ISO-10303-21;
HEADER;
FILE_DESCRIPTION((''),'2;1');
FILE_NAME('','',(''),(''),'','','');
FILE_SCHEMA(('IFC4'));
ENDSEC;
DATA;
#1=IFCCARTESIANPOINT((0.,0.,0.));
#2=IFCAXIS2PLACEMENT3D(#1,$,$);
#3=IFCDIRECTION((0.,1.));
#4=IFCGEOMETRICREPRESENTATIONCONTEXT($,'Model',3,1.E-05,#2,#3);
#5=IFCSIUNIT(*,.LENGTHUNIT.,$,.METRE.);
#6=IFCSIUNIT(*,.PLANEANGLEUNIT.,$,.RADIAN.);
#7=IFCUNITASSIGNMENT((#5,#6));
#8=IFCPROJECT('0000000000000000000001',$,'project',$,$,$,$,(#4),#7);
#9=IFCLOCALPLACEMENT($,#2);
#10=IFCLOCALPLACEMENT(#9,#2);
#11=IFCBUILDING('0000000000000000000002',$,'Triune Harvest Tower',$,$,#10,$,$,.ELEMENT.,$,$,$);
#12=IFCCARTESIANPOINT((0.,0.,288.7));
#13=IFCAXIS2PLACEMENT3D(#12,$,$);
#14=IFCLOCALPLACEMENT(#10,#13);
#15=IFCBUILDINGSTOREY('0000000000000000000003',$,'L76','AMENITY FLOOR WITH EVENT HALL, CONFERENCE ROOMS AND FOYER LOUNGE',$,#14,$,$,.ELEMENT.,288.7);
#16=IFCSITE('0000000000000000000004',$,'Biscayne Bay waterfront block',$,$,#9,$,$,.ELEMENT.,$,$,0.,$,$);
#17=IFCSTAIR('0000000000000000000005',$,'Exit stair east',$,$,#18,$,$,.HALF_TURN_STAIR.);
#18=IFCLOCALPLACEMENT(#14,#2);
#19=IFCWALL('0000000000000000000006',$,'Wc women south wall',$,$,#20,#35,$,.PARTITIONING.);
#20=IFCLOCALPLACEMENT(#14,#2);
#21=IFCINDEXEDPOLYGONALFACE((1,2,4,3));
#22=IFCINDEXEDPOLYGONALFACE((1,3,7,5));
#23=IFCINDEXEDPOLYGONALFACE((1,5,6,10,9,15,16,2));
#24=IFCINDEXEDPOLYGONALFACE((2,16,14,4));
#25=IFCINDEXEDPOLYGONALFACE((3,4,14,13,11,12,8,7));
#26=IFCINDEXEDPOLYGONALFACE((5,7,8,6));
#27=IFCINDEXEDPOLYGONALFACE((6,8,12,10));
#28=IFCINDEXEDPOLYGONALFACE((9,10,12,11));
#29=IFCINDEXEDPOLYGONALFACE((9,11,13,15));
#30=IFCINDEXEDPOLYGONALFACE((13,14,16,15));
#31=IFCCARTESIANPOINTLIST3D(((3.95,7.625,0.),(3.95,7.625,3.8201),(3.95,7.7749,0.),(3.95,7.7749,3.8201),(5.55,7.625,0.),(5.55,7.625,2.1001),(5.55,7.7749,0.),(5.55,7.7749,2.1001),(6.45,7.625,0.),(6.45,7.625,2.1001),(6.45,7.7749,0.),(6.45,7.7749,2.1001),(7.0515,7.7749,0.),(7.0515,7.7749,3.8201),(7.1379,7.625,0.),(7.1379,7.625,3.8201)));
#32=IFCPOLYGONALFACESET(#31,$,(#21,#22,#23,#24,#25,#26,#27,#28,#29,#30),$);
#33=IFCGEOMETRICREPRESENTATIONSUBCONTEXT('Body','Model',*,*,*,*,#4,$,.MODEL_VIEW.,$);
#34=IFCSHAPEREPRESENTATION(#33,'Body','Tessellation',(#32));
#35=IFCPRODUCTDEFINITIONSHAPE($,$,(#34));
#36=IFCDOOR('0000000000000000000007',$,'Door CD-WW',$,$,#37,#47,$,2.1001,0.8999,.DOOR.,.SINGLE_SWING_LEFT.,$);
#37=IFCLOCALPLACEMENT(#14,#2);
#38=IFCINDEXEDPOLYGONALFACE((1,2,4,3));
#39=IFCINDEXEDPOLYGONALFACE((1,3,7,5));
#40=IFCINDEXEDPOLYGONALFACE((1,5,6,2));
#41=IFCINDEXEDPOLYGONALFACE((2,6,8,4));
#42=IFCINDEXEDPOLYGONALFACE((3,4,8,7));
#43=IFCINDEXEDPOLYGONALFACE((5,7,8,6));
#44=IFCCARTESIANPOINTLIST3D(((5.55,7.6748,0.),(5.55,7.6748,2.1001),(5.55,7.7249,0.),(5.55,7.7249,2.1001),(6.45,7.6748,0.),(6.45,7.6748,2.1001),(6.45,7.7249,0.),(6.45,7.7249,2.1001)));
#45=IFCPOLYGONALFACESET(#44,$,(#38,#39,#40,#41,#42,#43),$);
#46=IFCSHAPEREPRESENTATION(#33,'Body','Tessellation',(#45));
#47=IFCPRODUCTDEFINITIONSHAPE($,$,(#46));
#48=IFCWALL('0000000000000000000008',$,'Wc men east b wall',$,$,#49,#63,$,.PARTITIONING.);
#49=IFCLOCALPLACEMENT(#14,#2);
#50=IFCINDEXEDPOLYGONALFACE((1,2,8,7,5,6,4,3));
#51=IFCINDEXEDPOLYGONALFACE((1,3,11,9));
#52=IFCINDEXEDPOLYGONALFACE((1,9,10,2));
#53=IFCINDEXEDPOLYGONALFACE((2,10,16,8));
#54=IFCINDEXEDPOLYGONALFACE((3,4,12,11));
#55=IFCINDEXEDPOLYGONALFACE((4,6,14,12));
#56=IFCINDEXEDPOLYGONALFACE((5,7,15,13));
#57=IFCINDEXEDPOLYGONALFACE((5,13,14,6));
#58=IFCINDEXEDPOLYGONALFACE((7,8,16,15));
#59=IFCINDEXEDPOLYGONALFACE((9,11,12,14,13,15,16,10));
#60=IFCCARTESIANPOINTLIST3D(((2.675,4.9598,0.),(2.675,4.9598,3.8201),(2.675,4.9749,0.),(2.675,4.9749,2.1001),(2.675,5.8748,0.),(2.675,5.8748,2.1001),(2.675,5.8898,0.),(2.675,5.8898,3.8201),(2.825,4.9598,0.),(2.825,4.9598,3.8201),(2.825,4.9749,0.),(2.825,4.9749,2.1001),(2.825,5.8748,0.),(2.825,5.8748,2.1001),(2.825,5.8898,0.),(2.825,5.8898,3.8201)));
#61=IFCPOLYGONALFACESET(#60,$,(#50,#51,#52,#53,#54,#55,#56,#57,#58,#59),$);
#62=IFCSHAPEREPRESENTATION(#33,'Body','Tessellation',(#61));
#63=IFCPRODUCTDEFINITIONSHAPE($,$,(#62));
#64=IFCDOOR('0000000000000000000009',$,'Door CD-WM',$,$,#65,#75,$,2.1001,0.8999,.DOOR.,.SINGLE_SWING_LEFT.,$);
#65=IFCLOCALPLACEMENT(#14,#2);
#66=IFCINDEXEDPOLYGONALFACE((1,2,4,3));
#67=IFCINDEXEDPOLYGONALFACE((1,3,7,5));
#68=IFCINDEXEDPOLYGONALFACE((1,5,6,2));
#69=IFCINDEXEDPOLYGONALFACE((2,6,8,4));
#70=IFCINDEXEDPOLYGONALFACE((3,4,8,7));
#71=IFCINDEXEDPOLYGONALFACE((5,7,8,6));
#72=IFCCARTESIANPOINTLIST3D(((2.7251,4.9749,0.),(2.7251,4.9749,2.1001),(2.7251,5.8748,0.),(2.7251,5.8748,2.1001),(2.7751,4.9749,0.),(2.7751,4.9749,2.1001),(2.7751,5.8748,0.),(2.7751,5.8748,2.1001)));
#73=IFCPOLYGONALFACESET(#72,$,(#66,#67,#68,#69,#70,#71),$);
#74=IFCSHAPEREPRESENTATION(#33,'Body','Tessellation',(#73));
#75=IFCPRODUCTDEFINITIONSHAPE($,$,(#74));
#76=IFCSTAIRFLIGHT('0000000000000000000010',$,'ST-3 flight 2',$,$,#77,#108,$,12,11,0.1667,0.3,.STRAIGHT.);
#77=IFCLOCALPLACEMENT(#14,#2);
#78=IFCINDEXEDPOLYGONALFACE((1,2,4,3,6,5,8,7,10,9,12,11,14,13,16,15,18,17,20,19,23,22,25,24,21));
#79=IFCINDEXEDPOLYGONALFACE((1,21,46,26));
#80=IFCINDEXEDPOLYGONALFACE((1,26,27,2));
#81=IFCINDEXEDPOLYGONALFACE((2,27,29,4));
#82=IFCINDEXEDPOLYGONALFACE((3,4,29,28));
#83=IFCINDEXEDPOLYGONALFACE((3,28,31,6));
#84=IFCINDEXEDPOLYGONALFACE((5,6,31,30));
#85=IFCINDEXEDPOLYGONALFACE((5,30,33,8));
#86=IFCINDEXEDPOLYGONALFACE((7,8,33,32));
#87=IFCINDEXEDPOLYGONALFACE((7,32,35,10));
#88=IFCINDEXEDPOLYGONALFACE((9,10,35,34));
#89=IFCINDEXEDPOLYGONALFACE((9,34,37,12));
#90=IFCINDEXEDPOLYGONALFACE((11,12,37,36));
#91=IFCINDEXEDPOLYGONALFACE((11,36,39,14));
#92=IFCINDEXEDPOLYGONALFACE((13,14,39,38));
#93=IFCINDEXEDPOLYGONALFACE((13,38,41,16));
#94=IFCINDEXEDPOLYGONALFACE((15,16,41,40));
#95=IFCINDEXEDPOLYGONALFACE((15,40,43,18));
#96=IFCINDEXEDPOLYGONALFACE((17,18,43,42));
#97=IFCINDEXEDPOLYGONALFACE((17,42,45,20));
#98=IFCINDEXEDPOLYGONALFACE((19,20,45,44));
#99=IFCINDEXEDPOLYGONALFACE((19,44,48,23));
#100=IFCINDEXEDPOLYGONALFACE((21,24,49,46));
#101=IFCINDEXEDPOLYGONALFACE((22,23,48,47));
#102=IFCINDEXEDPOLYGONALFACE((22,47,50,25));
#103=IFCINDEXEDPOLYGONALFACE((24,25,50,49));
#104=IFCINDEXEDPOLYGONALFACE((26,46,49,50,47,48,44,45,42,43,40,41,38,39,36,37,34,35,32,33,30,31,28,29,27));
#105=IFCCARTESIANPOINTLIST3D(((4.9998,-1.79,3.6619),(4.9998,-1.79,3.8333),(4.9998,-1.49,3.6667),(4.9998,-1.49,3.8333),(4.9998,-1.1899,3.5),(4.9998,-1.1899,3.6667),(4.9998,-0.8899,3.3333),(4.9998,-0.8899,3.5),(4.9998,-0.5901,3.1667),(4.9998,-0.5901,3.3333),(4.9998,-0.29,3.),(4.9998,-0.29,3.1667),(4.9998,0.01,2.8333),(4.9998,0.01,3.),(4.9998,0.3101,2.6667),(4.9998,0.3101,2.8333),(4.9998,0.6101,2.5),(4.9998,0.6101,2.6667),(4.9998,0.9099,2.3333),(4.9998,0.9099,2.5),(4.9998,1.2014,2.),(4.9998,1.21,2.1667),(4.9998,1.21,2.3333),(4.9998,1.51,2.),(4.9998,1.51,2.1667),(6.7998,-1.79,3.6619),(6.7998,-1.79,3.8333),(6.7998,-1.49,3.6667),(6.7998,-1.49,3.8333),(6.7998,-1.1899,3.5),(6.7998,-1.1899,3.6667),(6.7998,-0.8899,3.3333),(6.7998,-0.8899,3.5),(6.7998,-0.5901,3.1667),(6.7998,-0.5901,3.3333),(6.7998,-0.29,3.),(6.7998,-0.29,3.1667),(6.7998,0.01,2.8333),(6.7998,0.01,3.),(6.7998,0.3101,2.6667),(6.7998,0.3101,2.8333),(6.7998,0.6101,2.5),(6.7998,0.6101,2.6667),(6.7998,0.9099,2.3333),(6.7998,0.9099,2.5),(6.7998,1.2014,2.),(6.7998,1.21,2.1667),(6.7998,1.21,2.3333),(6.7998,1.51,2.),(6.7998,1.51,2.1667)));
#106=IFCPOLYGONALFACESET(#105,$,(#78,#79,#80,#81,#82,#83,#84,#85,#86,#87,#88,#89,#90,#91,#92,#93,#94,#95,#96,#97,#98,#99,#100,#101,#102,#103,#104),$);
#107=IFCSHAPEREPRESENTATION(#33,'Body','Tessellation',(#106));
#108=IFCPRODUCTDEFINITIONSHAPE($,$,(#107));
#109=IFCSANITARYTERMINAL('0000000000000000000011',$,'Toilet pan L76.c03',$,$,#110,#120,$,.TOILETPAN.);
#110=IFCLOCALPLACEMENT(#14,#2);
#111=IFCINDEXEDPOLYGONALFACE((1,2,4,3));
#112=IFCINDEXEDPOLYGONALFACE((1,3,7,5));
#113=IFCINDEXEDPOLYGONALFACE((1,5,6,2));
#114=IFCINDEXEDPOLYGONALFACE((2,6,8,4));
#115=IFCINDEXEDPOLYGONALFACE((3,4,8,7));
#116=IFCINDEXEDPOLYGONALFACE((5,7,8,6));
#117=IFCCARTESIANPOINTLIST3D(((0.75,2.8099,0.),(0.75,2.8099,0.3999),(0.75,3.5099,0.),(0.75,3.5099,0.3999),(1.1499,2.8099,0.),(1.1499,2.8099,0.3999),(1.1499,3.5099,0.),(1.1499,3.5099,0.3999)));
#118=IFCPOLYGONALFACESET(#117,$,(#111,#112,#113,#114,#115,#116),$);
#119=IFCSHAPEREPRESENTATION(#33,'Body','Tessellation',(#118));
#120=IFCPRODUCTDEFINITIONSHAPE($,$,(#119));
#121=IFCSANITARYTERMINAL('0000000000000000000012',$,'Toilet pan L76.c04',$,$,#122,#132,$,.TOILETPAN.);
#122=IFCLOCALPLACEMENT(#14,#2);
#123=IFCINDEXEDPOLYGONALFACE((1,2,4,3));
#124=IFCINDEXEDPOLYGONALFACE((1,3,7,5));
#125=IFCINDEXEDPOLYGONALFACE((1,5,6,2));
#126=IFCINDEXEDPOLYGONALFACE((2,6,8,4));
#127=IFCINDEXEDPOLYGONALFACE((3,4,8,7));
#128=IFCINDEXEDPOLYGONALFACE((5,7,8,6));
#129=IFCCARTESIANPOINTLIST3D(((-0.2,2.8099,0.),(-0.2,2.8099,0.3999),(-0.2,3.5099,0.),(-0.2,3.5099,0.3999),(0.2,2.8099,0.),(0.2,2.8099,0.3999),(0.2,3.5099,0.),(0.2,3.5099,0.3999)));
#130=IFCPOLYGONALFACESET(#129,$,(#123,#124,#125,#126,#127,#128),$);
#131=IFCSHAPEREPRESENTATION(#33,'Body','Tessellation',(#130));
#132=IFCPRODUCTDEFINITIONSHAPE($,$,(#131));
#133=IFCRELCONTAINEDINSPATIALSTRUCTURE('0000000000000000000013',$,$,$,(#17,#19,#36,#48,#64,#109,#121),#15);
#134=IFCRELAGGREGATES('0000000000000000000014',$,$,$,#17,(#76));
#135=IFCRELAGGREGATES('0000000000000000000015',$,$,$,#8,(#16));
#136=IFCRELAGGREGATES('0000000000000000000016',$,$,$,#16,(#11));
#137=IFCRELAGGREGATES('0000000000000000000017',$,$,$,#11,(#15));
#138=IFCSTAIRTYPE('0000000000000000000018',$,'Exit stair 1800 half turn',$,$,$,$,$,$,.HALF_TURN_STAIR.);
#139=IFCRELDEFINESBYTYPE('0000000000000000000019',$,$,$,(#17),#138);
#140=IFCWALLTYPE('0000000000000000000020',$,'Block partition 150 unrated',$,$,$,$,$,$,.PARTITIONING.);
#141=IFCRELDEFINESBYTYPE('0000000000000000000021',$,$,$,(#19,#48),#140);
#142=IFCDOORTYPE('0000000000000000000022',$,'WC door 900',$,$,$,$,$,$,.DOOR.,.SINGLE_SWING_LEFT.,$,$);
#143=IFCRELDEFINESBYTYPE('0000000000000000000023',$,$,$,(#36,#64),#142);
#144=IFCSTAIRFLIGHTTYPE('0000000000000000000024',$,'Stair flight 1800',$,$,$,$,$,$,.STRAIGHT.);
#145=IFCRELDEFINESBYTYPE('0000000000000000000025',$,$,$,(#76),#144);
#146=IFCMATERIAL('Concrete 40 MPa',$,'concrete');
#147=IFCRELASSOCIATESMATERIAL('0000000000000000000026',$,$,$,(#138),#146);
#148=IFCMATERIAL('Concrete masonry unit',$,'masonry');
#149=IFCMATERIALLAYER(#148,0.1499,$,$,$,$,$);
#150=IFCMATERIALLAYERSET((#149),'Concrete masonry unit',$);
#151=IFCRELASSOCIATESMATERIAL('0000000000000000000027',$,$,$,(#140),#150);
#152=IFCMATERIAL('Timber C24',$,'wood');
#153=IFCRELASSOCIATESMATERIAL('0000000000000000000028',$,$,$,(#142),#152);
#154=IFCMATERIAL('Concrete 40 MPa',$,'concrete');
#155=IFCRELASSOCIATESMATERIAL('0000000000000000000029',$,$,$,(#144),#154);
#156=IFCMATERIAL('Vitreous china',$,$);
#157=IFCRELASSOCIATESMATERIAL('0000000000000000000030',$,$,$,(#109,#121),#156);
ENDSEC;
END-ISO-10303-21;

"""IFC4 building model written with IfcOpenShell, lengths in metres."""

from ifc_helpers import new_model, si_unit, direction, frame, frame_2d, origin, origin_2d, place, context, subcontext, project, spatial, polyline, rectangle, outline, extrude, source, transform, mapped, material, layer, layer_set, type_object, element, fill, aggregate, save


model = new_model("IFC4")

# Units and contexts
model_context = context("Model", 3, precision=1e-05, world=origin(), true_north=direction((0.0, 1.0)))
body_context = subcontext(model_context, "Body", "Model", "MODEL_VIEW")
ifc_project = project(units=[si_unit("LENGTHUNIT", "METRE"), si_unit("PLANEANGLEUNIT", "RADIAN")], contexts=[model_context])

# Site, building, storey
site_placement = place(None, origin())
site = spatial("IfcSite", under=ifc_project, at=site_placement, Name="Biscayne Bay waterfront block", CompositionType="ELEMENT", RefElevation=0.0)
building_placement = place(site_placement, origin())
building = spatial("IfcBuilding", under=site, at=building_placement, Name="Triune Harvest Tower", CompositionType="ELEMENT")
storey_placement = place(building_placement, frame((0.0, 0.0, 288.7)))
storey = spatial("IfcBuildingStorey", under=building, at=storey_placement, Name="L76", Description="AMENITY FLOOR WITH EVENT HALL, CONFERENCE ROOMS AND FOYER LOUNGE", CompositionType="ELEMENT", Elevation=288.7)

# Stair
ifc_material_1 = material(Name="Concrete 40 MPa", Category="concrete")
stair_type = type_object("IfcStairType", Name="Exit stair 1800 half turn", PredefinedType="HALF_TURN_STAIR", material=ifc_material_1)
stair_1_placement = place(storey_placement, origin())
stair_1 = element("IfcStair", 1, at=stair_1_placement, inside=storey, type_object=stair_type, Name="Exit stair east", PredefinedType="HALF_TURN_STAIR")

# Walls, openings, doors
ifc_material_2 = material(Name="Concrete masonry unit", Category="masonry")
ifc_layer_1 = layer(ifc_material_2, 0.1499)
ifc_layer_set_1 = layer_set([ifc_layer_1], Name="Concrete masonry unit")
wall_type_1 = type_object("IfcWallType", Name="Block partition 150 unrated", PredefinedType="PARTITIONING", material=ifc_layer_set_1)
shared_shape_1 = source(origin(), body_context, "Body", "SweptSolid", [
    extrude(outline(polyline([(0.0, -0.075), (0.0, 0.075), (3.1016, 0.075), (3.188, -0.075), (0.0, -0.075)])), origin(), (0.0, 0.0, 1.0), 3.8201),
])
wall_1_placement = place(storey_placement, frame((3.95, 7.7, 0.0), z_axis=(0.0, 0.0, 1.0), x_axis=(1.0, 0.0, 0.0)))
wall_1 = element("IfcWall", 2, at=wall_1_placement, inside=storey, type_object=wall_type_1, Name="Wc women south wall", PredefinedType="PARTITIONING", context=body_context, shape_type="MappedRepresentation", body=[
    mapped(shared_shape_1, transform((0.0, 0.0, 0.0), scale=1.0)),
])
opening_1_placement = place(wall_1_placement, frame((1.6001, 0.0, 0.0)))
opening_1 = element("IfcOpeningElement", 3, at=opening_1_placement, cuts=wall_1, PredefinedType="OPENING", context=body_context, shape_type="SweptSolid", body=[
    extrude(rectangle(XDim=0.8999, YDim=2.1001, at=frame_2d((0.45, 1.05))), frame((0.0, 0.085, 0.0), z_axis=(0.0, -1.0, 0.0), x_axis=(1.0, 0.0, 0.0)), (0.0, 0.0, 1.0), 0.1699),
])
ifc_material_3 = material(Name="Timber C24", Category="wood")
door_type_1 = type_object("IfcDoorType", Name="WC door 900", OperationType="SINGLE_SWING_LEFT", PredefinedType="DOOR", material=ifc_material_3)
door_1_placement = place(opening_1_placement, origin())
door_1 = element("IfcDoor", 4, at=door_1_placement, inside=storey, type_object=door_type_1, Name="Door CD-WW", OperationType="SINGLE_SWING_LEFT", OverallHeight=2.1001, OverallWidth=0.8999, PredefinedType="DOOR", context=body_context, shape_type="SweptSolid", body=[
    extrude(rectangle(XDim=0.8999, YDim=2.1001, at=frame_2d((0.45, 1.05))), frame((0.0, 0.0249, 0.0), z_axis=(0.0, -1.0, 0.0), x_axis=(1.0, 0.0, 0.0)), (0.0, 0.0, 1.0), 0.05),
])
fill(opening_1, door_1)
shared_shape_2 = source(origin(), body_context, "Body", "SweptSolid", [
    extrude(rectangle(XDim=0.9299, YDim=0.1499, at=frame_2d((0.4648, 0.0))), origin(), (0.0, 0.0, 1.0), 3.8201),
])
wall_2_placement = place(storey_placement, frame((2.75, 4.96, 0.0), z_axis=(0.0, 0.0, 1.0), x_axis=(0.0, 1.0, 0.0)))
wall_2 = element("IfcWall", 5, at=wall_2_placement, inside=storey, type_object=wall_type_1, Name="Wc men east b wall", PredefinedType="PARTITIONING", context=body_context, shape_type="MappedRepresentation", body=[
    mapped(shared_shape_2, transform((0.0, 0.0, 0.0), scale=1.0)),
])
opening_2_placement = place(wall_2_placement, frame((0.0149, 0.0, 0.0)))
opening_2 = element("IfcOpeningElement", 6, at=opening_2_placement, cuts=wall_2, PredefinedType="OPENING", context=body_context, shape_type="SweptSolid", body=[
    extrude(rectangle(XDim=0.8999, YDim=2.1001, at=frame_2d((0.45, 1.05))), frame((0.0, 0.085, 0.0), z_axis=(0.0, -1.0, 0.0), x_axis=(1.0, 0.0, 0.0)), (0.0, 0.0, 1.0), 0.1699),
])
door_2_placement = place(opening_2_placement, origin())
door_2 = element("IfcDoor", 7, at=door_2_placement, inside=storey, type_object=door_type_1, Name="Door CD-WM", OperationType="SINGLE_SWING_LEFT", OverallHeight=2.1001, OverallWidth=0.8999, PredefinedType="DOOR", context=body_context, shape_type="SweptSolid", body=[
    extrude(rectangle(XDim=0.8999, YDim=2.1001, at=frame_2d((0.45, 1.05))), frame((0.0, 0.0249, 0.0), z_axis=(0.0, -1.0, 0.0), x_axis=(1.0, 0.0, 0.0)), (0.0, 0.0, 1.0), 0.05),
])
fill(opening_2, door_2)

# Stair flight
ifc_material_4 = material(Name="Concrete 40 MPa", Category="concrete")
stair_flight_type = type_object("IfcStairFlightType", Name="Stair flight 1800", PredefinedType="STRAIGHT", material=ifc_material_4)
shared_shape_3 = source(origin(), body_context, "Body", "SweptSolid", [
    extrude(outline(polyline([(0.0, 0.0), (0.0, 0.1667), (0.3, 0.1667), (0.3, 0.3333), (0.6001, 0.3333), (0.6001, 0.5), (0.8999, 0.5), (0.8999, 0.6667), (1.2, 0.6667), (1.2, 0.8333), (1.5, 0.8333), (1.5, 1.0), (1.8, 1.0), (1.8, 1.1667), (2.1001, 1.1667), (2.1001, 1.3333), (2.3999, 1.3333), (2.3999, 1.5), (2.7, 1.5), (2.7, 1.6667), (3.0, 1.6667), (3.0, 1.8333), (3.3, 1.8333), (3.3, 2.0), (3.3, 1.6619), (0.3086, 0.0), (0.0, 0.0)])), frame((0.0, 0.8999, 0.0), z_axis=(0.0, -1.0, 0.0), x_axis=(1.0, 0.0, 0.0)), (0.0, 0.0, 1.0), 1.8),
])
stair_flight_placement = place(storey_placement, frame((5.8999, 1.51, 2.0), z_axis=(0.0, 0.0, 1.0), x_axis=(0.0, -1.0, 0.0)))
stair_flight = element("IfcStairFlight", 8, at=stair_flight_placement, type_object=stair_flight_type, Name="ST-3 flight 2", NumberOfRisers=12, NumberOfTreads=11, PredefinedType="STRAIGHT", RiserHeight=0.1667, TreadLength=0.3, context=body_context, shape_type="MappedRepresentation", body=[
    mapped(shared_shape_3, transform((0.0, 0.0, 0.0), scale=1.0)),
])
aggregate(stair_1, [stair_flight])

# Sanitary terminals
ifc_material_5 = material(Name="Vitreous china")
shared_shape_4 = source(origin(), body_context, "Body", "SweptSolid", [
    extrude(rectangle(XDim=0.3999, YDim=0.7, at=origin_2d()), origin(), (0.0, 0.0, 1.0), 0.3999),
])
for number, where, z_axis, x_axis, name in (
    (9, (0.95, 3.1599, 0.0), (0.0, 0.0, 1.0), (-1.0, 0.0, 0.0), "Toilet pan L76.c03"),
    (10, (0.0, 3.1599, 0.0), (0.0, 0.0, 1.0), (-1.0, 0.0, 0.0), "Toilet pan L76.c04"),
):
    element("IfcSanitaryTerminal", number, at=place(storey_placement, frame(where, z_axis=z_axis, x_axis=x_axis)), inside=storey, material=ifc_material_5, Name=name, PredefinedType="TOILETPAN", context=body_context, shape_type="MappedRepresentation", body=[
        mapped(shared_shape_4, transform((0.0, 0.0, 0.0), scale=1.0)),
    ])

save(model, "model.ifc")
